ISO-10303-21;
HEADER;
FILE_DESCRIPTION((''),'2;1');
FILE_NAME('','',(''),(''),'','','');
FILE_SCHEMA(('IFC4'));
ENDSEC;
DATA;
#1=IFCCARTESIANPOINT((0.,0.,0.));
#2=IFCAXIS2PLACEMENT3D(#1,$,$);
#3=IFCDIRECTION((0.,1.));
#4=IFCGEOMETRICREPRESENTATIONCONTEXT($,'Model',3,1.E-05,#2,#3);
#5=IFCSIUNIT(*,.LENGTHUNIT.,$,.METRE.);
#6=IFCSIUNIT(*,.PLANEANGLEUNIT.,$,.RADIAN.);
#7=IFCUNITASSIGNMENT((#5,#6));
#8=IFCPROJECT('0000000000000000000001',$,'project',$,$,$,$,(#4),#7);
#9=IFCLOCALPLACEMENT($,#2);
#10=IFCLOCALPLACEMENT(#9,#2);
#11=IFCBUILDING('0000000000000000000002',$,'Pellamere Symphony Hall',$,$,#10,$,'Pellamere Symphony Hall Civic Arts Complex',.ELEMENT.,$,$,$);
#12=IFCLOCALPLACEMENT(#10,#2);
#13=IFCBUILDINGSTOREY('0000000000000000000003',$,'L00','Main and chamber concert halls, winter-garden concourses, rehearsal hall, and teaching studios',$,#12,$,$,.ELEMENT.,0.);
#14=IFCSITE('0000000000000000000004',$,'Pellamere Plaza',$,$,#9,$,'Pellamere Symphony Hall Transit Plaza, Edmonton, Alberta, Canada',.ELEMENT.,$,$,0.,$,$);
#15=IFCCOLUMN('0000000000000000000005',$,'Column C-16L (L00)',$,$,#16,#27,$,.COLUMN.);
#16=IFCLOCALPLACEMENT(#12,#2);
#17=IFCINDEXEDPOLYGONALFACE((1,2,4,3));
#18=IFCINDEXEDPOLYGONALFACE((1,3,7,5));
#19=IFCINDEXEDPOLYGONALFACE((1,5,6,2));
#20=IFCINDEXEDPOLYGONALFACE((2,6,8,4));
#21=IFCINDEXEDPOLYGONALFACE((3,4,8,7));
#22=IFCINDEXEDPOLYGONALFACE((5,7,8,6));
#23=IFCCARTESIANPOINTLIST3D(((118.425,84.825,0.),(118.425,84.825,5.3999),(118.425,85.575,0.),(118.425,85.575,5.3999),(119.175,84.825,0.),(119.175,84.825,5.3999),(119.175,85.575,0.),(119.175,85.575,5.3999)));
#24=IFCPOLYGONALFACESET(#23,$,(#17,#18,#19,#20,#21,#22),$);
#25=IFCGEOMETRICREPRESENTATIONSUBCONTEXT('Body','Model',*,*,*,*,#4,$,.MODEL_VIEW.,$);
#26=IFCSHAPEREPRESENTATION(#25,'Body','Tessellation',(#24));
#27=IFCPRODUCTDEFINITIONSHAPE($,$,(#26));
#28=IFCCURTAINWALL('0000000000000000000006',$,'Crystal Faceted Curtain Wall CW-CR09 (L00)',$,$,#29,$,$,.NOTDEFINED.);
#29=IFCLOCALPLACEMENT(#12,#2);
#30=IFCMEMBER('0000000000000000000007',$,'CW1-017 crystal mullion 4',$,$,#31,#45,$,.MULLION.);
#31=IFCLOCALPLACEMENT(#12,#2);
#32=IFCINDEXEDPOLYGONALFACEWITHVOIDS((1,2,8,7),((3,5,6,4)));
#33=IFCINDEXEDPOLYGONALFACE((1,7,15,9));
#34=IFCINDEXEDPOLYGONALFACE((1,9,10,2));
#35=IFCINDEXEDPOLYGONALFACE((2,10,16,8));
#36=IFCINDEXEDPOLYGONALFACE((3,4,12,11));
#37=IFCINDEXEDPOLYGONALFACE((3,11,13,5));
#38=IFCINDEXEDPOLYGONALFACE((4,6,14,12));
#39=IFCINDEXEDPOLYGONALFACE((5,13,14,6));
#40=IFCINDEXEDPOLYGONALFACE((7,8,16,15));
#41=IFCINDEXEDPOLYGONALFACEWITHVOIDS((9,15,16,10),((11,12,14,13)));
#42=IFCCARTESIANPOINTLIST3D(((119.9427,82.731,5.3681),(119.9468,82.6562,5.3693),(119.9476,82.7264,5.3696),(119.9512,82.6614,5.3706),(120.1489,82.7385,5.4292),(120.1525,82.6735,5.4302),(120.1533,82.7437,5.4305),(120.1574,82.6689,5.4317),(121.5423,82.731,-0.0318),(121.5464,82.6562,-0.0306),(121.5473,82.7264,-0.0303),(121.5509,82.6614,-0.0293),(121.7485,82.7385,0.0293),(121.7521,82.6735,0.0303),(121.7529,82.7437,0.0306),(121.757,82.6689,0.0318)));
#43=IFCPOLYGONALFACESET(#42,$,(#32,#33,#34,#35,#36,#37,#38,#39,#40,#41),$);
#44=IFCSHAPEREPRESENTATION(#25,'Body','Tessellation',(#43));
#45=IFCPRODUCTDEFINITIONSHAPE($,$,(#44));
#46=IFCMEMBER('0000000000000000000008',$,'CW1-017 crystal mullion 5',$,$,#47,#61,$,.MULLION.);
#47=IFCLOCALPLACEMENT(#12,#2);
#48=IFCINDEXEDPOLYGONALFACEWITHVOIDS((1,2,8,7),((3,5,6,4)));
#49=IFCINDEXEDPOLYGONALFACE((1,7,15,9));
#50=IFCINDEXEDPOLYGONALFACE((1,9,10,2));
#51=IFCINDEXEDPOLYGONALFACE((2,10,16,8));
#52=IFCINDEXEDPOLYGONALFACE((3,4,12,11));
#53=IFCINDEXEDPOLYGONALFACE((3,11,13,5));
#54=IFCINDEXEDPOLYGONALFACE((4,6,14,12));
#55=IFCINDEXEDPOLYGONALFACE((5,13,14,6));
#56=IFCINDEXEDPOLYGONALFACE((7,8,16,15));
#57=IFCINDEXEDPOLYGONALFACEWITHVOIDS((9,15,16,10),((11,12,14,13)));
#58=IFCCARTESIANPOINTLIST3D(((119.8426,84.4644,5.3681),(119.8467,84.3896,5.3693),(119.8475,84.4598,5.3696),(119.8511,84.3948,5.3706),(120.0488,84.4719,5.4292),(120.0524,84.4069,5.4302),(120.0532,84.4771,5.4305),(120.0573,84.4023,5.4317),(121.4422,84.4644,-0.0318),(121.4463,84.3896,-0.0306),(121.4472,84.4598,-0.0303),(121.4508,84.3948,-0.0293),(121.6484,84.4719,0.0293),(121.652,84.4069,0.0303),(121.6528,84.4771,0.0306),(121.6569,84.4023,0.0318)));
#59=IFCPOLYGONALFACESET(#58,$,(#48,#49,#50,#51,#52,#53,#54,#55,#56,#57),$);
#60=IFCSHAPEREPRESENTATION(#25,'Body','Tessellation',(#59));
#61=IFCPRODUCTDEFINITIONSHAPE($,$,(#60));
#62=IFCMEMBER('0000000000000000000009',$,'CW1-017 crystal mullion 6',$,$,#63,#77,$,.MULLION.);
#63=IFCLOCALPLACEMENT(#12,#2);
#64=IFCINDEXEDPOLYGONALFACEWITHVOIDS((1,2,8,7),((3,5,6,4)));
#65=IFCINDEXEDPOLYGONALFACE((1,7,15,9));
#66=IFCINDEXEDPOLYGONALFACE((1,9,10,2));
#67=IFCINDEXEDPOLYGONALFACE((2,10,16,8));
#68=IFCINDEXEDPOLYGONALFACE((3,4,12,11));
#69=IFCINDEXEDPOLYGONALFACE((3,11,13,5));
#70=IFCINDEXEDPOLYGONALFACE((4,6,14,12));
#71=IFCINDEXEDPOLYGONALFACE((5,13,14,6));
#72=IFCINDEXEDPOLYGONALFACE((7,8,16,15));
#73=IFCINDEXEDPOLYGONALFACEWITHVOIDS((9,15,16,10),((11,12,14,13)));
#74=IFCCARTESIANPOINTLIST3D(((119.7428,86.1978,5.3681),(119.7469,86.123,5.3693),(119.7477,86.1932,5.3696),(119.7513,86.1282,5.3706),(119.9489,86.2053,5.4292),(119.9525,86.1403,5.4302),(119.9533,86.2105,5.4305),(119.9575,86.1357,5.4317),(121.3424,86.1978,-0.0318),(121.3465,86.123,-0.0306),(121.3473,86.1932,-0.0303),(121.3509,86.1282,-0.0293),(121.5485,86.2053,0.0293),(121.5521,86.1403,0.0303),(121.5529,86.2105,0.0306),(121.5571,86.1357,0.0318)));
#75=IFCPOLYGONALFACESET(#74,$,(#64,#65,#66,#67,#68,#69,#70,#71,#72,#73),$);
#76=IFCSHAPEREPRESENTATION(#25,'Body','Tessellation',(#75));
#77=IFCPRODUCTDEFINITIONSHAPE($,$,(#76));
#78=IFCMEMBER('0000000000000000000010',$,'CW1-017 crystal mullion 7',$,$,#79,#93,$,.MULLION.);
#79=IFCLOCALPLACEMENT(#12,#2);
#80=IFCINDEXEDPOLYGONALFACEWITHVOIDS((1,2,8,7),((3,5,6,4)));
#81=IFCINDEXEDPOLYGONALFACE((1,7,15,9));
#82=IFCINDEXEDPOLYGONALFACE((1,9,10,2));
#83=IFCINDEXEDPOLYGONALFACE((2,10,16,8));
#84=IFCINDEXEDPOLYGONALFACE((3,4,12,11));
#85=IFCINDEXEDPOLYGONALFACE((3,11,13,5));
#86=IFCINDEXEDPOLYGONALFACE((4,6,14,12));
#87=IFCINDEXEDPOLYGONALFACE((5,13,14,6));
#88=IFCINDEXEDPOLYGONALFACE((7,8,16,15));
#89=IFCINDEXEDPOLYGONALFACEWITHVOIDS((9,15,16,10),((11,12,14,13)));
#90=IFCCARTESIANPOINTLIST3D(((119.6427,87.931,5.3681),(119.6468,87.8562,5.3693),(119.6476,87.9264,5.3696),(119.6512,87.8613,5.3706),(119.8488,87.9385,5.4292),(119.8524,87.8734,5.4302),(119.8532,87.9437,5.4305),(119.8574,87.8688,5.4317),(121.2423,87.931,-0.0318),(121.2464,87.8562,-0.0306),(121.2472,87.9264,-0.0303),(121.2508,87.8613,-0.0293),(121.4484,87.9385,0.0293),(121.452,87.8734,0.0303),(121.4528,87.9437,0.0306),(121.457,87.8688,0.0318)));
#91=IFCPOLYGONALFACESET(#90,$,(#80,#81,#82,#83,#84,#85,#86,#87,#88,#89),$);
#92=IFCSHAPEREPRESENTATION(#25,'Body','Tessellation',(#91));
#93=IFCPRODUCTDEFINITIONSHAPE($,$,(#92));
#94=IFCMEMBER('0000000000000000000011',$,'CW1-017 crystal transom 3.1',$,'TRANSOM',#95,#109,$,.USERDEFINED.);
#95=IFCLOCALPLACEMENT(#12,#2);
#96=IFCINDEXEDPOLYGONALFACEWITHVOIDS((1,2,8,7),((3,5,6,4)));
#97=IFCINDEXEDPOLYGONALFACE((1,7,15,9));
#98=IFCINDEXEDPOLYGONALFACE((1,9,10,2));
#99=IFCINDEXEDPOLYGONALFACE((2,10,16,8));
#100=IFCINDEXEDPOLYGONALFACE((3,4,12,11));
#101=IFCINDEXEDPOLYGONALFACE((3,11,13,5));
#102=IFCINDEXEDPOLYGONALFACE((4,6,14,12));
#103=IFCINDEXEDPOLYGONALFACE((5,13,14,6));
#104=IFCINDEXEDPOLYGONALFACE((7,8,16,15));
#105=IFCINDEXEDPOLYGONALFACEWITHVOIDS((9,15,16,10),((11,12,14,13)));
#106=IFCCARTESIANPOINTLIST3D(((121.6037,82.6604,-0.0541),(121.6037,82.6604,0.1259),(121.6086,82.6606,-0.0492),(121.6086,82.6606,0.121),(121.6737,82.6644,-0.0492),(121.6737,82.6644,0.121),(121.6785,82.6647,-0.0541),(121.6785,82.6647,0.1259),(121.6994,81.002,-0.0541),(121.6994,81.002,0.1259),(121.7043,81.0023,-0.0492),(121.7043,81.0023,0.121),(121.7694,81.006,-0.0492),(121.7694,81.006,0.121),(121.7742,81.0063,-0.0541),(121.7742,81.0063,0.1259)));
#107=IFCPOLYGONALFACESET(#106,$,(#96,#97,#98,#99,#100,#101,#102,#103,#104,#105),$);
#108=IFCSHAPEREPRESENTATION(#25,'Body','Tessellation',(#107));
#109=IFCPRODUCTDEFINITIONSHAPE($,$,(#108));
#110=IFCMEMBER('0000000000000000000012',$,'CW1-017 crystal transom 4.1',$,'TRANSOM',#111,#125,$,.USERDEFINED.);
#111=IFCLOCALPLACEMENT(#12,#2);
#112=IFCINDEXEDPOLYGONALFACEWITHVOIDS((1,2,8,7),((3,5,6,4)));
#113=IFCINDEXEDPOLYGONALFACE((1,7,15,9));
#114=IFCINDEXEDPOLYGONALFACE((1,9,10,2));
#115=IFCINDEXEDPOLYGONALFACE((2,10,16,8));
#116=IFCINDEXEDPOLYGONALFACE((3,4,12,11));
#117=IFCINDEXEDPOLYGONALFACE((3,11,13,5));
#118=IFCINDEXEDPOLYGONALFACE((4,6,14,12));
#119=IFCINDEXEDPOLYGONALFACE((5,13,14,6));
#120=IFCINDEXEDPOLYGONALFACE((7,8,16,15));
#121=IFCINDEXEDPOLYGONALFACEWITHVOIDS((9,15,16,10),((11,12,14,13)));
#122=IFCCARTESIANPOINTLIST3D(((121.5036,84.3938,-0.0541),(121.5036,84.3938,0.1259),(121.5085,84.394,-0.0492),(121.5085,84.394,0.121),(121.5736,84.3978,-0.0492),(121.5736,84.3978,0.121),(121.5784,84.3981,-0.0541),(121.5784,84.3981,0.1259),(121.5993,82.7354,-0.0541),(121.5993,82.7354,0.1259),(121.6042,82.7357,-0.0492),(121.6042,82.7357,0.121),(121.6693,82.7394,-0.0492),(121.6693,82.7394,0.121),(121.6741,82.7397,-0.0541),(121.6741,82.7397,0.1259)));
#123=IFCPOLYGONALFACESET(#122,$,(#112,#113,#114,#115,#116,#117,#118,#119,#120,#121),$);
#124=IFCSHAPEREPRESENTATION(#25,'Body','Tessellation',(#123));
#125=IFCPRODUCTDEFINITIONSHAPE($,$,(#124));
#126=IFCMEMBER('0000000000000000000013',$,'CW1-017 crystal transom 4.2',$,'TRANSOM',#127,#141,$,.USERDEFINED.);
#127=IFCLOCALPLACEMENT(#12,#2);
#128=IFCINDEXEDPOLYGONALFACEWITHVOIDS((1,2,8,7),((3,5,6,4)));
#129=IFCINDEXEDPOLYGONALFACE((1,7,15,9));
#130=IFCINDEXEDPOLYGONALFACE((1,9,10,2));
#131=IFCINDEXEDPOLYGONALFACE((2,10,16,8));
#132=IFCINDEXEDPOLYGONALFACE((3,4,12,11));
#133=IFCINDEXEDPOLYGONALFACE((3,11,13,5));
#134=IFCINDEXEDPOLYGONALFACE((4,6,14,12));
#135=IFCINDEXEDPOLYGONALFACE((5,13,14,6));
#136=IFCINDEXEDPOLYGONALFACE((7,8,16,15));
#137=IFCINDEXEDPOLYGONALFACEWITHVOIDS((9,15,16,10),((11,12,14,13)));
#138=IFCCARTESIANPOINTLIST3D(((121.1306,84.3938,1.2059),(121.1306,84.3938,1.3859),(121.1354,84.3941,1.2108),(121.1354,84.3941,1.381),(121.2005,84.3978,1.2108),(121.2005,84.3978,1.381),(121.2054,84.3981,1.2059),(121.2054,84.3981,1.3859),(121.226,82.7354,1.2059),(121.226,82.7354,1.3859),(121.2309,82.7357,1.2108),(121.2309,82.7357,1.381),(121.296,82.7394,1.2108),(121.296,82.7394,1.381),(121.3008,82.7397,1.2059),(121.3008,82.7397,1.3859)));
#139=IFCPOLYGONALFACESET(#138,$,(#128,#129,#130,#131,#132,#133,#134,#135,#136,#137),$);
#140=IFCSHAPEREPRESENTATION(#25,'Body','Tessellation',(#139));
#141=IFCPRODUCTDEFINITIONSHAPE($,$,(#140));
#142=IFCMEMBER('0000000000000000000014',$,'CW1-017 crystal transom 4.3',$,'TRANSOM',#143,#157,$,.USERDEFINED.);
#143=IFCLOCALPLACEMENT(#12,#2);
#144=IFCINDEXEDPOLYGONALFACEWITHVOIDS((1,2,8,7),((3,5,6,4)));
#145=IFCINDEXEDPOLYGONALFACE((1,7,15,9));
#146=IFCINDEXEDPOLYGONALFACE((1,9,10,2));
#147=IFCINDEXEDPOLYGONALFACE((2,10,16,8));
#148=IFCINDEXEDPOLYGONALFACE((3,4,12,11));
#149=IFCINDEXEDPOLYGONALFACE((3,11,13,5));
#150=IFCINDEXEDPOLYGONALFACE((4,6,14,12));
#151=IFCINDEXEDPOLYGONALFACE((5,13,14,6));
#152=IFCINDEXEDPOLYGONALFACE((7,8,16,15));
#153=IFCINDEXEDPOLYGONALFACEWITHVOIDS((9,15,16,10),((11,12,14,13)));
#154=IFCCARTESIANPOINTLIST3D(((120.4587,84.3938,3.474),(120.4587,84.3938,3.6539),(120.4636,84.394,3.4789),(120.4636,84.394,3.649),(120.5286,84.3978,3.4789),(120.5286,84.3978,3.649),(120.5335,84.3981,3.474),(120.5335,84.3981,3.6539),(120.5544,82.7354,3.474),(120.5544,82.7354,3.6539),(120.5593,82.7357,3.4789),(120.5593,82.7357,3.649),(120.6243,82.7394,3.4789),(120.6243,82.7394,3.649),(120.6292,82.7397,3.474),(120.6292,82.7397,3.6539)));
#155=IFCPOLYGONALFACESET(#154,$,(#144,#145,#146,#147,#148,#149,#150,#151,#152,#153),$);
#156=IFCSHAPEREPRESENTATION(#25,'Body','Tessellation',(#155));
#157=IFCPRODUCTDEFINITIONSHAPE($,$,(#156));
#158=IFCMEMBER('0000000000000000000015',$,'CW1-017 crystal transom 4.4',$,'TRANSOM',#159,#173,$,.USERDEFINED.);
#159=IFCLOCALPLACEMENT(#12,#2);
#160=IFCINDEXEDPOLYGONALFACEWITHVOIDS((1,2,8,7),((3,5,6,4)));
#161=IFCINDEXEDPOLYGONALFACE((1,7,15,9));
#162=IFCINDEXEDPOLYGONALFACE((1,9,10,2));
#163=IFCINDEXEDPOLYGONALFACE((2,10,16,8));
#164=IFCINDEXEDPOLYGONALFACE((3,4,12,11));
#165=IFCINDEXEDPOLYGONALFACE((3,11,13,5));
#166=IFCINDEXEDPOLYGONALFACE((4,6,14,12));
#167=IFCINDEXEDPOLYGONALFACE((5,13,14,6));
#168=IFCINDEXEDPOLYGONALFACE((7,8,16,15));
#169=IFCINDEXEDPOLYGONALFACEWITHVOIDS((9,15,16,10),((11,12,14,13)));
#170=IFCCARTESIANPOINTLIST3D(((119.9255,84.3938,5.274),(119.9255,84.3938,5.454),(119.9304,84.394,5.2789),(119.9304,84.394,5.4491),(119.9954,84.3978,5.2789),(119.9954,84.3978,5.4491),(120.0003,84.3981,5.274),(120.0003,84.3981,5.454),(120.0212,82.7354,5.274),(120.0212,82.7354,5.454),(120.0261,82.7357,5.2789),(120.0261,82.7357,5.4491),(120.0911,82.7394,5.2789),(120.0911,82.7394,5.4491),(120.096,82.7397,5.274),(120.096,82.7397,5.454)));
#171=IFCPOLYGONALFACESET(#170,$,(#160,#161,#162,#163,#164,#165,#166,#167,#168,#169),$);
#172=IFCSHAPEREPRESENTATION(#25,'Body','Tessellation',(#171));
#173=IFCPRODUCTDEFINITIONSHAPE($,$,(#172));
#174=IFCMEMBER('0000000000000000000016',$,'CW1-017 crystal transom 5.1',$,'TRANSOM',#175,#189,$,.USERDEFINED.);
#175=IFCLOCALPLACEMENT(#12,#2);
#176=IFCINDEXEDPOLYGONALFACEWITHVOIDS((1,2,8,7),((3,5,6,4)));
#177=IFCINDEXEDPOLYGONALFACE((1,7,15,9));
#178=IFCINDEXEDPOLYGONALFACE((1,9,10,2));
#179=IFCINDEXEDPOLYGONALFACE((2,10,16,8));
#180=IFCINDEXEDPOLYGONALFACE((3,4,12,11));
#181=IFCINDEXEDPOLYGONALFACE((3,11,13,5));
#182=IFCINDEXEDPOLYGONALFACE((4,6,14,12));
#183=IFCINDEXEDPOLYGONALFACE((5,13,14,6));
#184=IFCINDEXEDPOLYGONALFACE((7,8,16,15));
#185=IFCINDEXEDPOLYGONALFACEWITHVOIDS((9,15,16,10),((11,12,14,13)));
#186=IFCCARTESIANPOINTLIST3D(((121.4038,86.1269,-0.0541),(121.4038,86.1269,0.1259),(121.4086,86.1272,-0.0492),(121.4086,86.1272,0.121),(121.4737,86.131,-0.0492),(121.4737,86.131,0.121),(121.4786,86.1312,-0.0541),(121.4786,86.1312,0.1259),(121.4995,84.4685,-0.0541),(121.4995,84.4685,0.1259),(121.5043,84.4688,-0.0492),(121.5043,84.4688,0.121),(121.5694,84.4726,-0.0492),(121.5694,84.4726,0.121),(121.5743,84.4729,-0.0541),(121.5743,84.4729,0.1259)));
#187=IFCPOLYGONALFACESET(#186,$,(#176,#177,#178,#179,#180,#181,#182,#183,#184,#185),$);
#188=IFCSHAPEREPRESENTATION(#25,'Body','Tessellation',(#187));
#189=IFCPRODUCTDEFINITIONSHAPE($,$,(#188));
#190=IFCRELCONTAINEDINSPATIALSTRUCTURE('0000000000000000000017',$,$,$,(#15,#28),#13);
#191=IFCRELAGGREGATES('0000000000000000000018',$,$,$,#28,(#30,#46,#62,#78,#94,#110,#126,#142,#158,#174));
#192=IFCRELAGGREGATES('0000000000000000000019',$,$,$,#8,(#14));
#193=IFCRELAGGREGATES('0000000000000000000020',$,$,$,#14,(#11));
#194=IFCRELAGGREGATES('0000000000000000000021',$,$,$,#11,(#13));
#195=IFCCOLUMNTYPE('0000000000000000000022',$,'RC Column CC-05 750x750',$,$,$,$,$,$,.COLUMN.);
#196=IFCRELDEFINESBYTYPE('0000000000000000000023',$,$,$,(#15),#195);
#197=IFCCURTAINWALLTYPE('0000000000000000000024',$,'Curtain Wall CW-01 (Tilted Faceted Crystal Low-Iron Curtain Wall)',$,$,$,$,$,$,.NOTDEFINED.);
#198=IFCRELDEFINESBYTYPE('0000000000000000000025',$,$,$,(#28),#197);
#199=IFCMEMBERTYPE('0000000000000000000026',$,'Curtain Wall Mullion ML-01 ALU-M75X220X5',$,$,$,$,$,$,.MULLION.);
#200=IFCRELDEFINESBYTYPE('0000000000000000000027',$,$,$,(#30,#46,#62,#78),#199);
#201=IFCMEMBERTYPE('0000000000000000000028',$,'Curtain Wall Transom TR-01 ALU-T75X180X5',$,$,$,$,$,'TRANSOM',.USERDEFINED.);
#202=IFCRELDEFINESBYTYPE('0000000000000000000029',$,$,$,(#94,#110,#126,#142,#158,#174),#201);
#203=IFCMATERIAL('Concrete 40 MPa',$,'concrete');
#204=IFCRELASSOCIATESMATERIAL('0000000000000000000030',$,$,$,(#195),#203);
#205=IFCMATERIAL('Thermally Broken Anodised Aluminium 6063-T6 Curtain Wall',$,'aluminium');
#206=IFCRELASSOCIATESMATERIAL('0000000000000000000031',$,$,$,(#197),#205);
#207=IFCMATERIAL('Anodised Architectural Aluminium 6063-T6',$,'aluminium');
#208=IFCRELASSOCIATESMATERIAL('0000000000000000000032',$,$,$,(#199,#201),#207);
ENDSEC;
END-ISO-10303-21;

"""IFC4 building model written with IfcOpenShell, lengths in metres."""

from ifc_helpers import new_model, si_unit, direction, frame, origin, origin_2d, place, context, subcontext, project, spatial, rectangle, hollow_rectangle, extrude, material, material_profile, profile_set, type_object, element, aggregate, save


model = new_model("IFC4")

# Units and contexts
model_context = context("Model", 3, precision=1e-05, world=origin(), true_north=direction((0.0, 1.0)))
body_context = subcontext(model_context, "Body", "Model", "MODEL_VIEW")
ifc_project = project(units=[si_unit("LENGTHUNIT", "METRE"), si_unit("PLANEANGLEUNIT", "RADIAN")], contexts=[model_context])

# Site, building, storey
site_placement = place(None, origin())
site = spatial("IfcSite", under=ifc_project, at=site_placement, Name="Pellamere Plaza", LongName="Pellamere Symphony Hall Transit Plaza, Edmonton, Alberta, Canada", CompositionType="ELEMENT", RefElevation=0.0)
building_placement = place(site_placement, origin())
building = spatial("IfcBuilding", under=site, at=building_placement, Name="Pellamere Symphony Hall", LongName="Pellamere Symphony Hall Civic Arts Complex", CompositionType="ELEMENT")
storey_placement = place(building_placement, origin())
storey = spatial("IfcBuildingStorey", under=building, at=storey_placement, Name="L00", Description="Main and chamber concert halls, winter-garden concourses, rehearsal hall, and teaching studios", CompositionType="ELEMENT", Elevation=0.0)

# Column
ifc_material_1 = material(Name="Concrete 40 MPa", Category="concrete")
ifc_material_profile_1 = material_profile(ifc_material_1, rectangle(XDim=0.75, YDim=0.75, at=origin_2d()), Name="RC 750x750")
ifc_profile_set_1 = profile_set([ifc_material_profile_1], Name="Concrete 40 MPa")
column_type = type_object("IfcColumnType", Name="RC Column CC-05 750x750", PredefinedType="COLUMN", material=ifc_profile_set_1)
column_placement = place(storey_placement, frame((118.8, 85.2, 0.0), z_axis=(0.0, 0.0, 1.0), x_axis=(1.0, 0.0, 0.0)))
element("IfcColumn", 1, at=column_placement, inside=storey, type_object=column_type, Name="Column C-16L (L00)", PredefinedType="COLUMN", context=body_context, shape_type="SweptSolid", body=[
    extrude(rectangle(XDim=0.75, YDim=0.75, at=origin_2d()), origin(), (0.0, 0.0, 1.0), 5.3999),
])

# Curtain wall, members
ifc_material_2 = material(Name="Thermally Broken Anodised Aluminium 6063-T6 Curtain Wall", Category="aluminium")
curtain_wall_type = type_object("IfcCurtainWallType", Name="Curtain Wall CW-01 (Tilted Faceted Crystal Low-Iron Curtain Wall)", PredefinedType="NOTDEFINED", material=ifc_material_2)
curtain_wall_placement = place(storey_placement, origin())
curtain_wall = element("IfcCurtainWall", 2, at=curtain_wall_placement, inside=storey, type_object=curtain_wall_type, Name="Crystal Faceted Curtain Wall CW-CR09 (L00)", PredefinedType="NOTDEFINED")
ifc_material_3 = material(Name="Anodised Architectural Aluminium 6063-T6", Category="aluminium")
ifc_material_profile_2 = material_profile(ifc_material_3, hollow_rectangle(XDim=0.075, YDim=0.22, WallThickness=0.0049, at=origin_2d()), Name="ALU-M75X220X5")
ifc_profile_set_2 = profile_set([ifc_material_profile_2], Name="Anodised Architectural Aluminium 6063-T6")
member_type_1 = type_object("IfcMemberType", Name="Curtain Wall Mullion ML-01 ALU-M75X220X5", PredefinedType="MULLION", material=ifc_profile_set_2)
member_1_placement = place(storey_placement, frame((121.6497, 82.7, 0.0), z_axis=(-0.284029, 0.0, 0.958816), x_axis=(-0.055224, 0.99834, -0.016359)))
member_1 = element("IfcMember", 3, at=member_1_placement, type_object=member_type_1, Name="CW1-017 crystal mullion 4", PredefinedType="MULLION", context=body_context, shape_type="SweptSolid", body=[
    extrude(hollow_rectangle(XDim=0.075, YDim=0.22, WallThickness=0.0049, at=origin_2d()), origin(), (0.0, 0.0, 1.0), 5.6318),
])
member_2_placement = place(storey_placement, frame((121.5496, 84.4333, 0.0), z_axis=(-0.284029, 0.0, 0.958816), x_axis=(-0.055224, 0.99834, -0.016359)))
member_2 = element("IfcMember", 4, at=member_2_placement, type_object=member_type_1, Name="CW1-017 crystal mullion 5", PredefinedType="MULLION", context=body_context, shape_type="SweptSolid", body=[
    extrude(hollow_rectangle(XDim=0.075, YDim=0.22, WallThickness=0.0049, at=origin_2d()), origin(), (0.0, 0.0, 1.0), 5.6318),
])
member_3_placement = place(storey_placement, frame((121.4497, 86.1667, 0.0), z_axis=(-0.284029, 0.0, 0.958816), x_axis=(-0.055224, 0.99834, -0.016359)))
member_3 = element("IfcMember", 5, at=member_3_placement, type_object=member_type_1, Name="CW1-017 crystal mullion 6", PredefinedType="MULLION", context=body_context, shape_type="SweptSolid", body=[
    extrude(hollow_rectangle(XDim=0.075, YDim=0.22, WallThickness=0.0049, at=origin_2d()), origin(), (0.0, 0.0, 1.0), 5.6318),
])
member_4_placement = place(storey_placement, frame((121.3496, 87.8999, 0.0), z_axis=(-0.284029, 0.0, 0.958816), x_axis=(-0.055224, 0.99834, -0.016359)))
member_4 = element("IfcMember", 6, at=member_4_placement, type_object=member_type_1, Name="CW1-017 crystal mullion 7", PredefinedType="MULLION", context=body_context, shape_type="SweptSolid", body=[
    extrude(hollow_rectangle(XDim=0.075, YDim=0.22, WallThickness=0.0049, at=origin_2d()), origin(), (0.0, 0.0, 1.0), 5.6318),
])
ifc_material_profile_3 = material_profile(ifc_material_3, hollow_rectangle(XDim=0.075, YDim=0.1799, WallThickness=0.0049, at=origin_2d()), Name="ALU-T75X180X5")
ifc_profile_set_3 = profile_set([ifc_material_profile_3], Name="Anodised Architectural Aluminium 6063-T6")
member_type_2 = type_object("IfcMemberType", Name="Curtain Wall Transom TR-01 ALU-T75X180X5", ElementType="TRANSOM", PredefinedType="USERDEFINED", material=ifc_profile_set_3)
member_5_placement = place(storey_placement, frame((121.7368, 81.0042, 0.0359), z_axis=(-0.057611, 0.998339, 0.0), x_axis=(-0.998339, -0.057611, 0.0)))
member_5 = element("IfcMember", 7, at=member_5_placement, type_object=member_type_2, Name="CW1-017 crystal transom 3.1", ObjectType="TRANSOM", PredefinedType="USERDEFINED", context=body_context, shape_type="SweptSolid", body=[
    extrude(hollow_rectangle(XDim=0.075, YDim=0.1799, WallThickness=0.0049, at=origin_2d()), origin(), (0.0, 0.0, 1.0), 1.6611),
])
member_6_placement = place(storey_placement, frame((121.6367, 82.7375, 0.0359), z_axis=(-0.057611, 0.998339, 0.0), x_axis=(-0.998339, -0.057611, 0.0)))
member_6 = element("IfcMember", 8, at=member_6_placement, type_object=member_type_2, Name="CW1-017 crystal transom 4.1", ObjectType="TRANSOM", PredefinedType="USERDEFINED", context=body_context, shape_type="SweptSolid", body=[
    extrude(hollow_rectangle(XDim=0.075, YDim=0.1799, WallThickness=0.0049, at=origin_2d()), origin(), (0.0, 0.0, 1.0), 1.6611),
])
member_7_placement = place(storey_placement, frame((121.2634, 82.7375, 1.2959), z_axis=(-0.057464, 0.998348, 0.0), x_axis=(-0.998348, -0.057464, 0.0)))
member_7 = element("IfcMember", 9, at=member_7_placement, type_object=member_type_2, Name="CW1-017 crystal transom 4.2", ObjectType="TRANSOM", PredefinedType="USERDEFINED", context=body_context, shape_type="SweptSolid", body=[
    extrude(hollow_rectangle(XDim=0.075, YDim=0.1799, WallThickness=0.0049, at=origin_2d()), origin(), (0.0, 0.0, 1.0), 1.6611),
])
member_8_placement = place(storey_placement, frame((120.5918, 82.7375, 3.564), z_axis=(-0.057611, 0.998339, 0.0), x_axis=(-0.998339, -0.057611, 0.0)))
member_8 = element("IfcMember", 10, at=member_8_placement, type_object=member_type_2, Name="CW1-017 crystal transom 4.3", ObjectType="TRANSOM", PredefinedType="USERDEFINED", context=body_context, shape_type="SweptSolid", body=[
    extrude(hollow_rectangle(XDim=0.075, YDim=0.1799, WallThickness=0.0049, at=origin_2d()), origin(), (0.0, 0.0, 1.0), 1.6611),
])
member_9_placement = place(storey_placement, frame((120.0586, 82.7375, 5.364), z_axis=(-0.057611, 0.998339, 0.0), x_axis=(-0.998339, -0.057611, 0.0)))
member_9 = element("IfcMember", 11, at=member_9_placement, type_object=member_type_2, Name="CW1-017 crystal transom 4.4", ObjectType="TRANSOM", PredefinedType="USERDEFINED", context=body_context, shape_type="SweptSolid", body=[
    extrude(hollow_rectangle(XDim=0.075, YDim=0.1799, WallThickness=0.0049, at=origin_2d()), origin(), (0.0, 0.0, 1.0), 1.6611),
])
member_10_placement = place(storey_placement, frame((121.5369, 84.4707, 0.0359), z_axis=(-0.057611, 0.998339, 0.0), x_axis=(-0.998339, -0.057611, 0.0)))
member_10 = element("IfcMember", 12, at=member_10_placement, type_object=member_type_2, Name="CW1-017 crystal transom 5.1", ObjectType="TRANSOM", PredefinedType="USERDEFINED", context=body_context, shape_type="SweptSolid", body=[
    extrude(hollow_rectangle(XDim=0.075, YDim=0.1799, WallThickness=0.0049, at=origin_2d()), origin(), (0.0, 0.0, 1.0), 1.6611),
])

aggregate(curtain_wall, [member_1, member_2, member_3, member_4, member_5, member_6, member_7, member_8, member_9, member_10])

save(model, "model.ifc")
